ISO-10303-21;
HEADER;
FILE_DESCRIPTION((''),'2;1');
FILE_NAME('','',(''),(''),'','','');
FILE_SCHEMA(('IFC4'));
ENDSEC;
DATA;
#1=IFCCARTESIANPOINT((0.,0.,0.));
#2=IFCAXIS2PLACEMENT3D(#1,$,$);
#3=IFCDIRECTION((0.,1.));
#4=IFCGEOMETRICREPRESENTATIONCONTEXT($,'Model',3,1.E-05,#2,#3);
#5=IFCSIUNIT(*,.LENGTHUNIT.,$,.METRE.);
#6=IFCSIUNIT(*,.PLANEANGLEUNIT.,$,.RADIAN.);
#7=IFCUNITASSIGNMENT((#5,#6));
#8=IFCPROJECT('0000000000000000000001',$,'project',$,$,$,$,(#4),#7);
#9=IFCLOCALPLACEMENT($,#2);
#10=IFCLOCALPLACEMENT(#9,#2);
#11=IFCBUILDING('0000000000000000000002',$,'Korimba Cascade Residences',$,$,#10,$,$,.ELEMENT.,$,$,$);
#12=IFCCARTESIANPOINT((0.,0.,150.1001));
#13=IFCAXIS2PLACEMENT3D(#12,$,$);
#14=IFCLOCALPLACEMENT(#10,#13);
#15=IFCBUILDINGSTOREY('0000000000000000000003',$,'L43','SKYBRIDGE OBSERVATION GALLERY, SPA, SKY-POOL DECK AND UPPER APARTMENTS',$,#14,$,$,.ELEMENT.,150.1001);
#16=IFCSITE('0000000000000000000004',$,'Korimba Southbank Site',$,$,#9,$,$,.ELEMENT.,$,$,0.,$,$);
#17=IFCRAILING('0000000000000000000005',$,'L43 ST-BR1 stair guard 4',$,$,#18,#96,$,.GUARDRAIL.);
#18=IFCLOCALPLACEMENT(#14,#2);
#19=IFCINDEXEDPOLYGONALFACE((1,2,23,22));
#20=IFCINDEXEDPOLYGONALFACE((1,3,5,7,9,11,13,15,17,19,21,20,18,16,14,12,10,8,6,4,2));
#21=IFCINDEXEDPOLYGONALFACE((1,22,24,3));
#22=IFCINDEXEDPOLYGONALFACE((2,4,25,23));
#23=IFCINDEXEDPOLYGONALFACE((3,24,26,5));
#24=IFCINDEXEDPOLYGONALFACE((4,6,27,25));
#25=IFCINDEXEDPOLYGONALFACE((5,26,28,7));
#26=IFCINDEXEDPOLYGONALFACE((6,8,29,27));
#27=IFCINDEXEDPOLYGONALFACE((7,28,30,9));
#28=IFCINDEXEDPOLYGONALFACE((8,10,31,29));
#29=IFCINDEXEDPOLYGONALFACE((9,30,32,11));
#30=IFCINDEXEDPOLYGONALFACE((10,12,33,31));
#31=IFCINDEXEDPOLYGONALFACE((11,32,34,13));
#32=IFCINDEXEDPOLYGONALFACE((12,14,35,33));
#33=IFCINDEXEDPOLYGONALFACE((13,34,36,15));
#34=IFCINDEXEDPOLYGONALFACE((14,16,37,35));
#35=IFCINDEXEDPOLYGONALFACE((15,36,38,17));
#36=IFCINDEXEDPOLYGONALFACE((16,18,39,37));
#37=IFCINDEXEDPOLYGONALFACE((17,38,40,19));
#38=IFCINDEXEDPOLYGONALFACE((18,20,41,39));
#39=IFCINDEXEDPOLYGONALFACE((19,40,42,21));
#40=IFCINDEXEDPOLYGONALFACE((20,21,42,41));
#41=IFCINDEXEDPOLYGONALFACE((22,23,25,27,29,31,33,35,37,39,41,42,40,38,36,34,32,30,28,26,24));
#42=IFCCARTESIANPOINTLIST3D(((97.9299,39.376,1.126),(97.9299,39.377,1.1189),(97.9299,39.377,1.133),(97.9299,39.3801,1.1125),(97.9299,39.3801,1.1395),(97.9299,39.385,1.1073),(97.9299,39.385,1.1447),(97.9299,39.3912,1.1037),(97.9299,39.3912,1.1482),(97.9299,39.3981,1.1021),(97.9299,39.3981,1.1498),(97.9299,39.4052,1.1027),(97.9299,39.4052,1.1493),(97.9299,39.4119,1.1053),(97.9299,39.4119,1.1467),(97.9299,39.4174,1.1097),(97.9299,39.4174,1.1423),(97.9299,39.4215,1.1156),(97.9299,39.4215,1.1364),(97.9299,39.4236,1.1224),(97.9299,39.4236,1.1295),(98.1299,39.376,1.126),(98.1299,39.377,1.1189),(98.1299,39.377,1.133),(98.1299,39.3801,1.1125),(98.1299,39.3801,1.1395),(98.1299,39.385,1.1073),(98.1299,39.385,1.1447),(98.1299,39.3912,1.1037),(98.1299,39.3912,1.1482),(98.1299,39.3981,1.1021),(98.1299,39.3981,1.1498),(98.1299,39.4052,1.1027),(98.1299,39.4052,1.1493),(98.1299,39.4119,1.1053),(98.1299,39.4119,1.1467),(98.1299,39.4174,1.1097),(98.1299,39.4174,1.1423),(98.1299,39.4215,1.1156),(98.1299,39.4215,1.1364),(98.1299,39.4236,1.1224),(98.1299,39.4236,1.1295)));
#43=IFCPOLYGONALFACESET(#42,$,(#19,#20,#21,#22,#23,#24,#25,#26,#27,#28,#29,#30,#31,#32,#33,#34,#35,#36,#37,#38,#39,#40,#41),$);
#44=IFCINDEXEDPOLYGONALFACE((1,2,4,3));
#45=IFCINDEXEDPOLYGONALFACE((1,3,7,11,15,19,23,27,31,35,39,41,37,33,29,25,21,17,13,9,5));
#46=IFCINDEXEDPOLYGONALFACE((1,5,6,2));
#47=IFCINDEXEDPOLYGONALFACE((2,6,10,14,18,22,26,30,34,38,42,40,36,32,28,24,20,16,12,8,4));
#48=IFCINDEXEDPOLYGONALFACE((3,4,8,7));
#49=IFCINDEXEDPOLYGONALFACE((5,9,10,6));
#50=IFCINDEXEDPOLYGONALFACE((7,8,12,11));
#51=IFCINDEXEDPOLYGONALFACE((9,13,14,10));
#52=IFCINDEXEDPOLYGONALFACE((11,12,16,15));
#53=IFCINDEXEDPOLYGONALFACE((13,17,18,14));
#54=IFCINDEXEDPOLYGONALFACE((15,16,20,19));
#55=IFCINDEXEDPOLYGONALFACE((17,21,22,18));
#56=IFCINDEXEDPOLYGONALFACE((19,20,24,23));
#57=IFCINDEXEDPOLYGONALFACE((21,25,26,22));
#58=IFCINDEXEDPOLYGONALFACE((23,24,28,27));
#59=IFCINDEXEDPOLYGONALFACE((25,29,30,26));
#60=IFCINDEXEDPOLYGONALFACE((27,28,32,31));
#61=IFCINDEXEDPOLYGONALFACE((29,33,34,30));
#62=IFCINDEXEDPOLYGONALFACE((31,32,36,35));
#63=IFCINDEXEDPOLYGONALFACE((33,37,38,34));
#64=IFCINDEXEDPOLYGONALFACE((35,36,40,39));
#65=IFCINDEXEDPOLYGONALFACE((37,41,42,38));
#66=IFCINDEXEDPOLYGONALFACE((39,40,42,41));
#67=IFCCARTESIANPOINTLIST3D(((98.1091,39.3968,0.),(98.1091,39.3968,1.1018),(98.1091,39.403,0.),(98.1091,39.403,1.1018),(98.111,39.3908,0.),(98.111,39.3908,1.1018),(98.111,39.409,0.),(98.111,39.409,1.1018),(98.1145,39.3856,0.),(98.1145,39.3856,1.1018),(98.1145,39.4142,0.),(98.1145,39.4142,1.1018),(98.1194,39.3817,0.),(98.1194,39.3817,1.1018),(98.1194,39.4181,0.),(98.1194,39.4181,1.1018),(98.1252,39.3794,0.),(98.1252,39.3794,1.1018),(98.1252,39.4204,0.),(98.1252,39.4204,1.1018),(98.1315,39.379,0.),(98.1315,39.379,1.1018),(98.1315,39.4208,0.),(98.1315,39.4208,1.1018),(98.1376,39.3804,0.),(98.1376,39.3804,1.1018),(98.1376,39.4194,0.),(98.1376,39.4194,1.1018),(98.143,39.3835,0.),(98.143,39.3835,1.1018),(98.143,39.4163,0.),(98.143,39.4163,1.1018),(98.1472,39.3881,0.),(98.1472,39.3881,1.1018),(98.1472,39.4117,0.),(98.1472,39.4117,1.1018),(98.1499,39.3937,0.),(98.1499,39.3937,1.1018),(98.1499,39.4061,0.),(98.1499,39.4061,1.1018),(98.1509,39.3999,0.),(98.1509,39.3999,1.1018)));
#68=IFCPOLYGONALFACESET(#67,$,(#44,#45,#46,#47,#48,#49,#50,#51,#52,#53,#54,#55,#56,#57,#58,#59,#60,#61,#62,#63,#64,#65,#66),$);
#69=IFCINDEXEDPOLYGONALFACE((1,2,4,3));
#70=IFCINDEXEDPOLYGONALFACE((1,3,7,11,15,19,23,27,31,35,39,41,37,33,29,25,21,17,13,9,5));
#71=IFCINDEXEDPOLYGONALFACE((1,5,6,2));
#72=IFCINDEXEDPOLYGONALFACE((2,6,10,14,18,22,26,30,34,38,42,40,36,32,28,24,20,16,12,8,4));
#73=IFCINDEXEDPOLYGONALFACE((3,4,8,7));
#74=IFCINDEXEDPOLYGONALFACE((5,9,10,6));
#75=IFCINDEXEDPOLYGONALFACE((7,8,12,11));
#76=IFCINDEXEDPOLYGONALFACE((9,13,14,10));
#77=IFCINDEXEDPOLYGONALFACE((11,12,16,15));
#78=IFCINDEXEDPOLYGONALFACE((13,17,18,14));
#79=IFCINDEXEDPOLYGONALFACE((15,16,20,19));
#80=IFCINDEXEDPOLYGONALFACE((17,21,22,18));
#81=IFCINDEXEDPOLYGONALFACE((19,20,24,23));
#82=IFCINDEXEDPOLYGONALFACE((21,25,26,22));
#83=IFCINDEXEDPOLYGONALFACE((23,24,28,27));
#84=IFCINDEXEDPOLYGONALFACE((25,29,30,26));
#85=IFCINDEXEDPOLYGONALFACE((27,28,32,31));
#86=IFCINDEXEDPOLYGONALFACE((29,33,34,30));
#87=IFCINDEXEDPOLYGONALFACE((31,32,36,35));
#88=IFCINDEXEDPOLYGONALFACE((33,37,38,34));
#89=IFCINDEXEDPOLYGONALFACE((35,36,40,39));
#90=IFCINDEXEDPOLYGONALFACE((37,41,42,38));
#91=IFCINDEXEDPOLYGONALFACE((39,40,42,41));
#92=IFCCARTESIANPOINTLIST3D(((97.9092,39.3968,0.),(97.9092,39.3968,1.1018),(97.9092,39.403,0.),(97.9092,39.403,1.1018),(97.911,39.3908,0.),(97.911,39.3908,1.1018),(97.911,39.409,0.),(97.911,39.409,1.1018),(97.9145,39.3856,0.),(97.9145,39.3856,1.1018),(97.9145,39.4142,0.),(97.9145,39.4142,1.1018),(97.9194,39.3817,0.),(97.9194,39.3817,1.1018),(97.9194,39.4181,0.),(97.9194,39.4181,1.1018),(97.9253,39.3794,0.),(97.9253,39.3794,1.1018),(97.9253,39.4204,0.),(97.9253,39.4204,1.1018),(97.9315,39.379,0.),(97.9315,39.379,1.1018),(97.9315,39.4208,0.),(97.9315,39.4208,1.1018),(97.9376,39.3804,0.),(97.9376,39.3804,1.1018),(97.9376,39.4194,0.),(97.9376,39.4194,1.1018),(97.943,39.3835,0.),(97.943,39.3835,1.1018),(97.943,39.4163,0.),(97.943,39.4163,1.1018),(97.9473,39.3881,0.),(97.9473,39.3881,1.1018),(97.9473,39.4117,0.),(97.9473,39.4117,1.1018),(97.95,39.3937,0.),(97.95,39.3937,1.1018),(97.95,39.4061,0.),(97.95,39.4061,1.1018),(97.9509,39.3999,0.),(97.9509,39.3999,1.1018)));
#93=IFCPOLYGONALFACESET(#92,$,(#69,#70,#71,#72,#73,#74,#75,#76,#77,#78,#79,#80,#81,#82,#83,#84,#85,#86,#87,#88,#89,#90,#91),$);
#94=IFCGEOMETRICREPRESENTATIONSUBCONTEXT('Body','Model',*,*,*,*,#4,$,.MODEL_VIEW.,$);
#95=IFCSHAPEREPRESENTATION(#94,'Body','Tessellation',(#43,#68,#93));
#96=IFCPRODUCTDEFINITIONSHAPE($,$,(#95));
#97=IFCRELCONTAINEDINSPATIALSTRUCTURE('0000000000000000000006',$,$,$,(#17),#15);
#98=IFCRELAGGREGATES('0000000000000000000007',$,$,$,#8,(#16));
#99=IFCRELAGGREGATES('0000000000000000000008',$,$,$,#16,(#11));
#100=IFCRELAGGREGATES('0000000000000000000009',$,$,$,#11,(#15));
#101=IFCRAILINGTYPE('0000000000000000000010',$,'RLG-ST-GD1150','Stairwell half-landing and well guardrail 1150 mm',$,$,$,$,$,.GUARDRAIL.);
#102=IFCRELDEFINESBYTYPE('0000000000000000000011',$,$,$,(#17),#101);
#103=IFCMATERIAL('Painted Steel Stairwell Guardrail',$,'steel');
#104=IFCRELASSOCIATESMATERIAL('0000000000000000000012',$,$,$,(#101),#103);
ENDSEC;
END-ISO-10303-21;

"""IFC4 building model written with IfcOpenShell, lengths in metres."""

from ifc_helpers import new_model, si_unit, direction, frame, origin, origin_2d, place, context, subcontext, project, spatial, circle, extrude, material, type_object, element, save


model = new_model("IFC4")

# Units and contexts
model_context = context("Model", 3, precision=1e-05, world=origin(), true_north=direction((0.0, 1.0)))
body_context = subcontext(model_context, "Body", "Model", "MODEL_VIEW")
ifc_project = project(units=[si_unit("LENGTHUNIT", "METRE"), si_unit("PLANEANGLEUNIT", "RADIAN")], contexts=[model_context])

# Site, building, storey
site_placement = place(None, origin())
site = spatial("IfcSite", under=ifc_project, at=site_placement, Name="Korimba Southbank Site", CompositionType="ELEMENT", RefElevation=0.0)
building_placement = place(site_placement, origin())
building = spatial("IfcBuilding", under=site, at=building_placement, Name="Korimba Cascade Residences", CompositionType="ELEMENT")
storey_placement = place(building_placement, frame((0.0, 0.0, 150.1001)))
storey = spatial("IfcBuildingStorey", under=building, at=storey_placement, Name="L43", Description="SKYBRIDGE OBSERVATION GALLERY, SPA, SKY-POOL DECK AND UPPER APARTMENTS", CompositionType="ELEMENT", Elevation=150.1001)

# Railing
ifc_material_1 = material(Name="Painted Steel Stairwell Guardrail", Category="steel")
railing_type_1 = type_object("IfcRailingType", Name="RLG-ST-GD1150", Description="Stairwell half-landing and well guardrail 1150 mm", PredefinedType="GUARDRAIL", material=ifc_material_1)
railing_1_placement = place(storey_placement, frame((98.1299, 39.3999, 0.0)))
element("IfcRailing", 1, at=railing_1_placement, inside=storey, type_object=railing_type_1, Name="L43 ST-BR1 stair guard 4", PredefinedType="GUARDRAIL", context=body_context, shape_type="SweptSolid", body=[
    extrude(circle(Radius=0.0239, at=origin_2d()), frame((0.0, 0.0, 1.126), z_axis=(-1.0, 0.0, 0.0), x_axis=(0.0, -1.0, 0.0)), (0.0, 0.0, 1.0), 0.2),
    extrude(circle(Radius=0.021, at=origin_2d()), origin(), (0.0, 0.0, 1.0), 1.1018),
    extrude(circle(Radius=0.021, at=origin_2d()), frame((-0.2, 0.0, 0.0)), (0.0, 0.0, 1.0), 1.1018),
])

save(model, "model.ifc")
